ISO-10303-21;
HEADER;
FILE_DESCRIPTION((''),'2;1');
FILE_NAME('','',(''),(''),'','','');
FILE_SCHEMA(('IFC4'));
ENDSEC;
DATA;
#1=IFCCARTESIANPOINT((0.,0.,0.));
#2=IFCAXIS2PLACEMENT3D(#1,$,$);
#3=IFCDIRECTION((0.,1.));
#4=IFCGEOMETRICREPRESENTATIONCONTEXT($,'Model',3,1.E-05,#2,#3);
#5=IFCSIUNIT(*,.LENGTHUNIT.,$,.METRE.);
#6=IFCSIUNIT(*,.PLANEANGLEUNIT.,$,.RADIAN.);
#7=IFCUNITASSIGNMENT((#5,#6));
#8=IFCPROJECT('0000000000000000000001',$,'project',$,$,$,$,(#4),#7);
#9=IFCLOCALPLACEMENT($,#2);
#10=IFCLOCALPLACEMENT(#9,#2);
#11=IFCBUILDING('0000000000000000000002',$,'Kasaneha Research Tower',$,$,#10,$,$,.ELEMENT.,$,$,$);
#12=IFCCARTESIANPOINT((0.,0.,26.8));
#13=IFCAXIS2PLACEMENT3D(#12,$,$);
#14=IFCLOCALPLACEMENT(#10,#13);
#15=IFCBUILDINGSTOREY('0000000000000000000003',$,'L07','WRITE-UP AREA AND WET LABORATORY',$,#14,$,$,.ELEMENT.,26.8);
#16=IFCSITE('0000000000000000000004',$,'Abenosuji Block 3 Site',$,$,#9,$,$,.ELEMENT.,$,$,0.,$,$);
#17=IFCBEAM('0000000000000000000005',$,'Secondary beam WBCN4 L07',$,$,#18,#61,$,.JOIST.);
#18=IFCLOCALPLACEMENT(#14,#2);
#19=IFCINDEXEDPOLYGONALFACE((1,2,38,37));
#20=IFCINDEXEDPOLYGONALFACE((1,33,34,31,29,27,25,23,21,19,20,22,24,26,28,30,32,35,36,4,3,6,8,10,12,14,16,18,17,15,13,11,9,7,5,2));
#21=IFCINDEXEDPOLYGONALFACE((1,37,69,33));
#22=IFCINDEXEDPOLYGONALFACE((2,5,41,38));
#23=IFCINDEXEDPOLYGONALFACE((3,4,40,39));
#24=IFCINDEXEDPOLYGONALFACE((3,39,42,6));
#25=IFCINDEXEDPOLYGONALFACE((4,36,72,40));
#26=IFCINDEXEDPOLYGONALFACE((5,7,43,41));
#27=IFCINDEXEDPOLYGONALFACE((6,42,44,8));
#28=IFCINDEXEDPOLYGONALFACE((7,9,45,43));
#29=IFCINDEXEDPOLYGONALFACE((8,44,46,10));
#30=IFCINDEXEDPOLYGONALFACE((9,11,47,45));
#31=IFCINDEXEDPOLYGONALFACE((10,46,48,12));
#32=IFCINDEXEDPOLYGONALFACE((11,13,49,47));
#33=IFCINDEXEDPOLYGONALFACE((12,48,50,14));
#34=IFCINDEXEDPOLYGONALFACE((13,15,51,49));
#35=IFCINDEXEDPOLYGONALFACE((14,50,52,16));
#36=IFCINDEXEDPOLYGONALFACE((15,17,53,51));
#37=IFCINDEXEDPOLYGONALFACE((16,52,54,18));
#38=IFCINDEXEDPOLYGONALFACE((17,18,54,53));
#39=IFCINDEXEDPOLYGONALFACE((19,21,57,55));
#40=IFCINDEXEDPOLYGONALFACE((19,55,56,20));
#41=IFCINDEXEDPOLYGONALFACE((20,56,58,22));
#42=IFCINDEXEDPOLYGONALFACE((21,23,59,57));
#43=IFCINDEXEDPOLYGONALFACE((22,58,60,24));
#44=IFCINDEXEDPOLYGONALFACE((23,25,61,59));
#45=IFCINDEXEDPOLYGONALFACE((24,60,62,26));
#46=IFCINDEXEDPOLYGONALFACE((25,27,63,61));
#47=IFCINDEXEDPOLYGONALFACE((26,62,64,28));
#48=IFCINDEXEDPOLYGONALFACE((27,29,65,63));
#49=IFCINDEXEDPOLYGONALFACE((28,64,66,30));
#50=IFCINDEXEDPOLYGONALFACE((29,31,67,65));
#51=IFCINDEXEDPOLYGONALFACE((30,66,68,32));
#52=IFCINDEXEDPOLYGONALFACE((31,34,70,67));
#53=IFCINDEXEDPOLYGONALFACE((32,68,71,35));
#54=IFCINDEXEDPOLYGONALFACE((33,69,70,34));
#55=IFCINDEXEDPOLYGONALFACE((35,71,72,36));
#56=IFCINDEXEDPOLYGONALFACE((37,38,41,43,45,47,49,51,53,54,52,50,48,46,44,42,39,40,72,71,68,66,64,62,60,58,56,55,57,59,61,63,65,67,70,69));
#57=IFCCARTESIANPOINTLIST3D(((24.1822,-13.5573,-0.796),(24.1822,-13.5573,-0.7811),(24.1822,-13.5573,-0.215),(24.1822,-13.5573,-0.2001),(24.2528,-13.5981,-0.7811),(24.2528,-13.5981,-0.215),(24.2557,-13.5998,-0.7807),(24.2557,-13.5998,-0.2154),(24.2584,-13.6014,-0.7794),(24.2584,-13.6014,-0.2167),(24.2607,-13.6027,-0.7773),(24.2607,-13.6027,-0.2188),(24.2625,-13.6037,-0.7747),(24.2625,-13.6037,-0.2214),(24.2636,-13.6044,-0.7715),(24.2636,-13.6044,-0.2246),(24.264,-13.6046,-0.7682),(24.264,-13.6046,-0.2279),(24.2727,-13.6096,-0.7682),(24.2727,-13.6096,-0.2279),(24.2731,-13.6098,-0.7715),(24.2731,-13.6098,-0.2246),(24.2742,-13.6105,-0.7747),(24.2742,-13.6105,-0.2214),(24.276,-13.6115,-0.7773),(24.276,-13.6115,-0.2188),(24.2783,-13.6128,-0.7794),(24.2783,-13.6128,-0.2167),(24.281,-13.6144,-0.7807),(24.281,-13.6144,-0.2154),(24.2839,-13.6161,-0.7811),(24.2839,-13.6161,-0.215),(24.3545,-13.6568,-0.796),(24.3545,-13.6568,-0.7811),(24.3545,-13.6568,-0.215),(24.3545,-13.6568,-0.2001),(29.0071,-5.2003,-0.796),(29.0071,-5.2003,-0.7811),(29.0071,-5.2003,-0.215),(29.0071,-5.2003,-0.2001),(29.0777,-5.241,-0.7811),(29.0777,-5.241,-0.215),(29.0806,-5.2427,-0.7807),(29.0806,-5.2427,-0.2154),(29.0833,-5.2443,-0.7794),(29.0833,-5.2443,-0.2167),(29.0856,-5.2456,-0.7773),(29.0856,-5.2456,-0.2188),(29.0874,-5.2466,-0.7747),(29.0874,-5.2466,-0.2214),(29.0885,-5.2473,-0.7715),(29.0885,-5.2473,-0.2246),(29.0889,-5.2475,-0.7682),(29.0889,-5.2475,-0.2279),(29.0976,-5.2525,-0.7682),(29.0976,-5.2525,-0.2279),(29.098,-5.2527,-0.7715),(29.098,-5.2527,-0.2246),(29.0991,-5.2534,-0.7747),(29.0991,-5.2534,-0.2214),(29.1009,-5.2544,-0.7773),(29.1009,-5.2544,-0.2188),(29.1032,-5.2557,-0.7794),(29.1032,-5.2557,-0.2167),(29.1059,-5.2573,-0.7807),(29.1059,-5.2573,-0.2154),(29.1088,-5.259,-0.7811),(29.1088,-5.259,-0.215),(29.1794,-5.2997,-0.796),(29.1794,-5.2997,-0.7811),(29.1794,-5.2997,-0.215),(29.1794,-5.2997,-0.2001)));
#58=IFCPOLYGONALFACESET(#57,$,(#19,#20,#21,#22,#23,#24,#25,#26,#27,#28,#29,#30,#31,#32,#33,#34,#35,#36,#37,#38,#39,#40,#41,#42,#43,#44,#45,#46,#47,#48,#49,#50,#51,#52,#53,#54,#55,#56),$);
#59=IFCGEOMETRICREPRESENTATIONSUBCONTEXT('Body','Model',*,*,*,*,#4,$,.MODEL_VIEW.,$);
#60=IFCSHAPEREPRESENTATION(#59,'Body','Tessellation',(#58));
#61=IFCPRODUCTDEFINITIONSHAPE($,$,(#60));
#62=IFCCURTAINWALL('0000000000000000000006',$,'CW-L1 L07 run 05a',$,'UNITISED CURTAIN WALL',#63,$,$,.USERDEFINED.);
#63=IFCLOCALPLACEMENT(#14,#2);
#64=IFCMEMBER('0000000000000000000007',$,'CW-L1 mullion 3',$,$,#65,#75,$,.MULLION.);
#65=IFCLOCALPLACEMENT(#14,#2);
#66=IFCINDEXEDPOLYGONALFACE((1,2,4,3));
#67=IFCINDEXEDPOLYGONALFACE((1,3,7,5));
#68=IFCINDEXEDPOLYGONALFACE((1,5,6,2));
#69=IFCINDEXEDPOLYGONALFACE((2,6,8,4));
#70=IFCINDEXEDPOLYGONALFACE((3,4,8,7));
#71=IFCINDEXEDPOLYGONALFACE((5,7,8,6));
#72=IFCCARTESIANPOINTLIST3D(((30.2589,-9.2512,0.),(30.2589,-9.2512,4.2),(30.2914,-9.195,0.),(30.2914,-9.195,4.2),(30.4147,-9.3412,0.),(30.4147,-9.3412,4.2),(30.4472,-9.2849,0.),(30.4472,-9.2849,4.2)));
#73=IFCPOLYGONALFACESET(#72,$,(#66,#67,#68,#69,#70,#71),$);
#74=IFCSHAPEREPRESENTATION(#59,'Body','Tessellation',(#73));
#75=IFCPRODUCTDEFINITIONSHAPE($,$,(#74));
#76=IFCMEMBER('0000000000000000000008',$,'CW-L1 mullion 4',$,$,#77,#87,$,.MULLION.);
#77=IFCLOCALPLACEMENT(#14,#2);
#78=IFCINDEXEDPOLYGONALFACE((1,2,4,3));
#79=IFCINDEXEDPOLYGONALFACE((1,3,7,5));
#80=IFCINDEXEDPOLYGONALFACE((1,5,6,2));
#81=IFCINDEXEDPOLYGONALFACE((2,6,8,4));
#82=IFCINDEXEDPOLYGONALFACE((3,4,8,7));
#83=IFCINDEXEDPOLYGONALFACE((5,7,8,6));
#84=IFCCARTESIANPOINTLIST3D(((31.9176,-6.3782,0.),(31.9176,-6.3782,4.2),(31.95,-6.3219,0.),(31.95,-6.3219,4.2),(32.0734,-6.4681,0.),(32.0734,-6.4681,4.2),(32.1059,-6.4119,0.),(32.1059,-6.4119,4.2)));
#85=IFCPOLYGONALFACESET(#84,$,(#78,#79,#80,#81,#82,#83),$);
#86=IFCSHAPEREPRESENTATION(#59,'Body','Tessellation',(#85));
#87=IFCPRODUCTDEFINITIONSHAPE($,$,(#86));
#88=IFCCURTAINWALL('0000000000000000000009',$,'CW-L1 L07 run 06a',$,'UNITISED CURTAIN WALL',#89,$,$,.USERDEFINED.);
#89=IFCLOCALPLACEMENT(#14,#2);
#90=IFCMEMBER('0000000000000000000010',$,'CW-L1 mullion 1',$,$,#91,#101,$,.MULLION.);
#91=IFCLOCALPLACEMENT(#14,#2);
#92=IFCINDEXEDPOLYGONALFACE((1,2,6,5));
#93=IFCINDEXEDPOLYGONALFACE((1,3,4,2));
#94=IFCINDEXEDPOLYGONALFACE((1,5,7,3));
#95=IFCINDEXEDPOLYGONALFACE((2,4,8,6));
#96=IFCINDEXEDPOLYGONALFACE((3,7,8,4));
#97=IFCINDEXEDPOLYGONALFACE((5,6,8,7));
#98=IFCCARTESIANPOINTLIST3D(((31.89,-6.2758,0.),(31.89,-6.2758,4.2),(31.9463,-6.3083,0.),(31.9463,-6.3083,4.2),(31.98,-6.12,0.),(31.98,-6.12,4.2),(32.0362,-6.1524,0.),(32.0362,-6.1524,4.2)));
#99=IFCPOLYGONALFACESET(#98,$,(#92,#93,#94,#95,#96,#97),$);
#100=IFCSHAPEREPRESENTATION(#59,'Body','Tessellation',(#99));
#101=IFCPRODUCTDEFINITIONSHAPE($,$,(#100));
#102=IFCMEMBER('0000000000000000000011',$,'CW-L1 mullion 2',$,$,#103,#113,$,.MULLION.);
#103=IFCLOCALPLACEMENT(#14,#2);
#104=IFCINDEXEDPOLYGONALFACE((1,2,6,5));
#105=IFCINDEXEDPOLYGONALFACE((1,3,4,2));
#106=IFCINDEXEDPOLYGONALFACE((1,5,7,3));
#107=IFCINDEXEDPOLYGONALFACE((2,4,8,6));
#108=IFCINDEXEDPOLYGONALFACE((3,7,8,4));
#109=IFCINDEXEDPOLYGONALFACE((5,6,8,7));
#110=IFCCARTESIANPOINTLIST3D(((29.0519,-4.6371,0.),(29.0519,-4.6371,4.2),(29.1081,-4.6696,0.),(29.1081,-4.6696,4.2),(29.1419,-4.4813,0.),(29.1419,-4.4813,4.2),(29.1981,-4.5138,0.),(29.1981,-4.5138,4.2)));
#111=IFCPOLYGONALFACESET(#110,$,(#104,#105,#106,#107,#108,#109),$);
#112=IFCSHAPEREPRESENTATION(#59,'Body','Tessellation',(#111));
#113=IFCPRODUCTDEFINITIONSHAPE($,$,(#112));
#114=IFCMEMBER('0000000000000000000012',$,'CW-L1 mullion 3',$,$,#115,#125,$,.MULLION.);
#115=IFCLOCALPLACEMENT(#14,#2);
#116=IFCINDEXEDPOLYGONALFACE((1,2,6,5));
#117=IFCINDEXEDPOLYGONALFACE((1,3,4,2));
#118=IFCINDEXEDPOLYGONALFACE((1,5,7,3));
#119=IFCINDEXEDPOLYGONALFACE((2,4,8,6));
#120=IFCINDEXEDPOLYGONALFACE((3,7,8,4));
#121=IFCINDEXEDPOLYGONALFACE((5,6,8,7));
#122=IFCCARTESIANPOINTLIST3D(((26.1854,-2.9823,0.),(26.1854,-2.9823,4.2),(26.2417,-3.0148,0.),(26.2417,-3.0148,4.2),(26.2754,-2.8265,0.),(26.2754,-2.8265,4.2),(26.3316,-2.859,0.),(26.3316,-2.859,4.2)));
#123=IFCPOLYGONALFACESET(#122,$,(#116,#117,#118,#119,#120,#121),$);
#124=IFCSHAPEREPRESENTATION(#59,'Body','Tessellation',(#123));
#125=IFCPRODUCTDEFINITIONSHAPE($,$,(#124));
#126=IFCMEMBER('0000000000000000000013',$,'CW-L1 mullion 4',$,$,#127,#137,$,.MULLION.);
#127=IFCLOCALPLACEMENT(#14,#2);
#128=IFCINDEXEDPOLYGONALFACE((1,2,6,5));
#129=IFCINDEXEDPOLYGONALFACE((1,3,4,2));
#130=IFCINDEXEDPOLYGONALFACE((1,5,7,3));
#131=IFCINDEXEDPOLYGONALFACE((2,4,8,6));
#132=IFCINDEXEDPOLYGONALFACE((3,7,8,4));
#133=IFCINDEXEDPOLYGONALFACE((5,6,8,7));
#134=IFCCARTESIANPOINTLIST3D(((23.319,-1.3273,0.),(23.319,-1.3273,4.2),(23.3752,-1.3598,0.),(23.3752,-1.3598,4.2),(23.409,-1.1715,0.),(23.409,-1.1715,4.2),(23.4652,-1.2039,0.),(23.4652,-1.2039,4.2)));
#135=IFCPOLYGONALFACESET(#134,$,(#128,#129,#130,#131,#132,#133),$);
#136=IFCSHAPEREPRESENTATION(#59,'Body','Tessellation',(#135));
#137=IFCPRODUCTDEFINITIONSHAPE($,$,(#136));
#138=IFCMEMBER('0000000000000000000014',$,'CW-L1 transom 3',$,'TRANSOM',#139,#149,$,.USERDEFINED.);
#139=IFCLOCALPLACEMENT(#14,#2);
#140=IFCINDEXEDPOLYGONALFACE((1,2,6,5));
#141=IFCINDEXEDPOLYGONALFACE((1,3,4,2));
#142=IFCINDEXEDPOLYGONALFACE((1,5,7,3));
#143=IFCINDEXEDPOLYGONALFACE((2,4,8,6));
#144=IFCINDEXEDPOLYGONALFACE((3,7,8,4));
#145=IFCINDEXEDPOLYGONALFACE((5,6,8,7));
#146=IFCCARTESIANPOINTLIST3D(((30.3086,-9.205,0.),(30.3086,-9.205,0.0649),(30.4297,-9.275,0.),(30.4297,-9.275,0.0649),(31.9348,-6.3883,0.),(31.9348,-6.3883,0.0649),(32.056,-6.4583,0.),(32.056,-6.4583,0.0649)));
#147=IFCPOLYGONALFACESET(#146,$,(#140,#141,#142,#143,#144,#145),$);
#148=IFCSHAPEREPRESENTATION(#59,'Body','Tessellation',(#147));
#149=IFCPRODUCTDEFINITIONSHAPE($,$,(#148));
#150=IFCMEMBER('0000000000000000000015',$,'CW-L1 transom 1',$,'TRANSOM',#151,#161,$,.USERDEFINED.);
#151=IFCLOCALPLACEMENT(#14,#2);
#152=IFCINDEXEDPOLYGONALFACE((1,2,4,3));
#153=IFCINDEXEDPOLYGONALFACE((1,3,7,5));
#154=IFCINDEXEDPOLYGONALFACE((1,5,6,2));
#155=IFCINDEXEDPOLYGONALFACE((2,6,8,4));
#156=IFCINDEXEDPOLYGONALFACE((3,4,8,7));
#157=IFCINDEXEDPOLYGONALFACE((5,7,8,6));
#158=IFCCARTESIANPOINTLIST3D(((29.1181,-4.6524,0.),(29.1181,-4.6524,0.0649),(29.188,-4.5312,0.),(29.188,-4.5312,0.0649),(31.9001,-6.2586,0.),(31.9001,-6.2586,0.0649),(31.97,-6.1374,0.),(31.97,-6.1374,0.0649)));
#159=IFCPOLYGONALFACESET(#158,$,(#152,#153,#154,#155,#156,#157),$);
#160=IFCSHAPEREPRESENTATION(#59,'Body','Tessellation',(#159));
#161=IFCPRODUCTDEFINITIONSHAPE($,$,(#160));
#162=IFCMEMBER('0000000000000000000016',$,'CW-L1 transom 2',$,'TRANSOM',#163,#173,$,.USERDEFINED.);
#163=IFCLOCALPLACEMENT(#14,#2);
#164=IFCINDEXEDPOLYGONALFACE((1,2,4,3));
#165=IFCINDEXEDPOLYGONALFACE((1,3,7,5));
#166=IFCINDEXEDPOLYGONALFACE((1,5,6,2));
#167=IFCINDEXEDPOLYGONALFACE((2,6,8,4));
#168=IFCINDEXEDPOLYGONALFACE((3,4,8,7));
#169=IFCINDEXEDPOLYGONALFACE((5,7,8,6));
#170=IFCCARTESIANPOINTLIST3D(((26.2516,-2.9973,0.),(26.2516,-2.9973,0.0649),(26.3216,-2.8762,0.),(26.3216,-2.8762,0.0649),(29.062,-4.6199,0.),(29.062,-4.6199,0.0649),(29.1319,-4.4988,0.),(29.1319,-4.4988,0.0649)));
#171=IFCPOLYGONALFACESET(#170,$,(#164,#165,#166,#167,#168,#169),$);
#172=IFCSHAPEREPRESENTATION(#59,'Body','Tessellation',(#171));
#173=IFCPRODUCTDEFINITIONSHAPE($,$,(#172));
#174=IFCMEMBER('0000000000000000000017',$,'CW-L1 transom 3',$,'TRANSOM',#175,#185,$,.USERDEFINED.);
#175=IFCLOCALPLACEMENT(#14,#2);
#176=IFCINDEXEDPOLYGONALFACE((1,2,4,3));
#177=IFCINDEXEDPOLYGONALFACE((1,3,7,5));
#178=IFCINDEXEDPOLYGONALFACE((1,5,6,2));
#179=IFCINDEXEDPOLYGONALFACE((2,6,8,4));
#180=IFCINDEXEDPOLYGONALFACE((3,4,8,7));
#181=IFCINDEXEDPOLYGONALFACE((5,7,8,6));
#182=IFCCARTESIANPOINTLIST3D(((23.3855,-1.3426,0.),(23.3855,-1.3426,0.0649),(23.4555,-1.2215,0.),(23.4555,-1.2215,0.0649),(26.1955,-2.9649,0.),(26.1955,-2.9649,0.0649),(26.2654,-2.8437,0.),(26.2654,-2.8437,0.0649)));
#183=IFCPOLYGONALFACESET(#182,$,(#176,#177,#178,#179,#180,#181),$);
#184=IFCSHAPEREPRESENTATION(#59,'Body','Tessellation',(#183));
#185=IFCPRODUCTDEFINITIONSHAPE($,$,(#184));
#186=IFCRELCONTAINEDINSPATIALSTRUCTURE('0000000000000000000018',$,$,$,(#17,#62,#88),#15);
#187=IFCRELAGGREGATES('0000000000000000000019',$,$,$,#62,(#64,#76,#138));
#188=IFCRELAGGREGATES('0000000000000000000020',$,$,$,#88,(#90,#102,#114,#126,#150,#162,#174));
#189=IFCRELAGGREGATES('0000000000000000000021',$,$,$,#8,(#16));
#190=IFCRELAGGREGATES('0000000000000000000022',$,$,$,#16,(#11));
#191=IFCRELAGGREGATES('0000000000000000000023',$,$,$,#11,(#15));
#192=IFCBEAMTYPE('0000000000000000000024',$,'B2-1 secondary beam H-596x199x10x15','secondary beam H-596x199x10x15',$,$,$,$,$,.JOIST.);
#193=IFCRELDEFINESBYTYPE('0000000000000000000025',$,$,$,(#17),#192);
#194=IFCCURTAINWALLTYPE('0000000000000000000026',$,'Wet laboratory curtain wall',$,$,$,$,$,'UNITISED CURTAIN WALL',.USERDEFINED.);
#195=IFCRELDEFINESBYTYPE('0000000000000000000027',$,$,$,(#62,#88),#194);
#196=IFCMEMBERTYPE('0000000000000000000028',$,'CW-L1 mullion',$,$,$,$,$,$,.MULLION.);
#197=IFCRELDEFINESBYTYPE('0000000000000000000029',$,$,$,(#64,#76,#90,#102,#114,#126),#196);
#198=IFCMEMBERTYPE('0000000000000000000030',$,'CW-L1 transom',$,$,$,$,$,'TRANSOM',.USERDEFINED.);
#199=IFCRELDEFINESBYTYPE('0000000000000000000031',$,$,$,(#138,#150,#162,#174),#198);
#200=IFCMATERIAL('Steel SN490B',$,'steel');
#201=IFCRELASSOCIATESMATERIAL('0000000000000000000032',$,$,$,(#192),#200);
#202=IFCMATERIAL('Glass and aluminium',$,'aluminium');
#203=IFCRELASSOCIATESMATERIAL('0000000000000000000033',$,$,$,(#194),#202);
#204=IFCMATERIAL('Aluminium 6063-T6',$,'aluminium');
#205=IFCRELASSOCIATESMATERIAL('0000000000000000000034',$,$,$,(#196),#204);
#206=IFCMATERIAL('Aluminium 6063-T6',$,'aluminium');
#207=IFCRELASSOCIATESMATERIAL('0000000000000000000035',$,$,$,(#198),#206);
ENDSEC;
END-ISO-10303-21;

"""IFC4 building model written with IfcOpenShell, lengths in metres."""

from ifc_helpers import new_model, si_unit, direction, frame, origin, origin_2d, place, context, subcontext, project, spatial, rectangle, i_section, extrude, material, material_profile, profile_set, type_object, element, aggregate, save


model = new_model("IFC4")

# Units and contexts
model_context = context("Model", 3, precision=1e-05, world=origin(), true_north=direction((0.0, 1.0)))
body_context = subcontext(model_context, "Body", "Model", "MODEL_VIEW")
ifc_project = project(units=[si_unit("LENGTHUNIT", "METRE"), si_unit("PLANEANGLEUNIT", "RADIAN")], contexts=[model_context])

# Site, building, storey
site_placement = place(None, origin())
site = spatial("IfcSite", under=ifc_project, at=site_placement, Name="Abenosuji Block 3 Site", CompositionType="ELEMENT", RefElevation=0.0)
building_placement = place(site_placement, origin())
building = spatial("IfcBuilding", under=site, at=building_placement, Name="Kasaneha Research Tower", CompositionType="ELEMENT")
storey_placement = place(building_placement, frame((0.0, 0.0, 26.8)))
storey = spatial("IfcBuildingStorey", under=building, at=storey_placement, Name="L07", Description="WRITE-UP AREA AND WET LABORATORY", CompositionType="ELEMENT", Elevation=26.8)

# Beam
ifc_material_1 = material(Name="Steel SN490B", Category="steel")
ifc_material_profile_1 = material_profile(ifc_material_1, i_section(OverallWidth=0.199, OverallDepth=0.5959, WebThickness=0.01, FlangeThickness=0.0149, FilletRadius=0.0129, at=origin_2d()), Name="H-596x199x10x15")
ifc_profile_set_1 = profile_set([ifc_material_profile_1], Name="Steel SN490B")
beam_type_1 = type_object("IfcBeamType", Name="B2-1 secondary beam H-596x199x10x15", Description="secondary beam H-596x199x10x15", PredefinedType="JOIST", material=ifc_profile_set_1)
for number, where, z_axis, x_axis, name in (
    (1, (29.0933, -5.25, -0.498), (-0.499995, -0.866028, 0.0), (0.866028, -0.499995, 0.0), "Secondary beam WBCN4 L07"),
):
    element("IfcBeam", number, at=place(storey_placement, frame(where, z_axis=z_axis, x_axis=x_axis)), inside=storey, type_object=beam_type_1, Name=name, PredefinedType="JOIST", context=body_context, shape_type="SweptSolid", body=[
        extrude(i_section(OverallWidth=0.199, OverallDepth=0.5959, WebThickness=0.01, FlangeThickness=0.0149, FilletRadius=0.0129, at=origin_2d()), origin(), (0.0, 0.0, 1.0), 9.6499),
    ])

# Curtain walls, members
ifc_material_2 = material(Name="Glass and aluminium", Category="aluminium")
curtain_wall_type = type_object("IfcCurtainWallType", Name="Wet laboratory curtain wall", ElementType="UNITISED CURTAIN WALL", PredefinedType="USERDEFINED", material=ifc_material_2)
curtain_wall_1_placement = place(storey_placement, origin())
curtain_wall_1 = element("IfcCurtainWall", 2, at=curtain_wall_1_placement, inside=storey, type_object=curtain_wall_type, Name="CW-L1 L07 run 05a", ObjectType="UNITISED CURTAIN WALL", PredefinedType="USERDEFINED")
ifc_material_3 = material(Name="Aluminium 6063-T6", Category="aluminium")
ifc_material_profile_2 = material_profile(ifc_material_3, rectangle(XDim=0.0649, YDim=0.1799, at=origin_2d()), Name="CW-L1 mullion 65x180")
ifc_profile_set_2 = profile_set([ifc_material_profile_2], Name="Aluminium 6063-T6")
member_type_1 = type_object("IfcMemberType", Name="CW-L1 mullion", PredefinedType="MULLION", material=ifc_profile_set_2)
member_1_placement = place(storey_placement, frame((30.353, -9.2681, 0.0), z_axis=(0.0, 0.0, 1.0), x_axis=(0.5, 0.866025, 0.0)))
member_1 = element("IfcMember", 3, at=member_1_placement, type_object=member_type_1, Name="CW-L1 mullion 3", PredefinedType="MULLION", context=body_context, shape_type="SweptSolid", body=[
    extrude(rectangle(XDim=0.0649, YDim=0.1799, at=origin_2d()), origin(), (0.0, 0.0, 1.0), 4.2),
])
member_2_placement = place(storey_placement, frame((32.0117, -6.395, 0.0), z_axis=(0.0, 0.0, 1.0), x_axis=(0.5, 0.866025, 0.0)))
member_2 = element("IfcMember", 4, at=member_2_placement, type_object=member_type_1, Name="CW-L1 mullion 4", PredefinedType="MULLION", context=body_context, shape_type="SweptSolid", body=[
    extrude(rectangle(XDim=0.0649, YDim=0.1799, at=origin_2d()), origin(), (0.0, 0.0, 1.0), 4.2),
])
curtain_wall_2_placement = place(storey_placement, origin())
curtain_wall_2 = element("IfcCurtainWall", 5, at=curtain_wall_2_placement, inside=storey, type_object=curtain_wall_type, Name="CW-L1 L07 run 06a", ObjectType="UNITISED CURTAIN WALL", PredefinedType="USERDEFINED")
member_3_placement = place(storey_placement, frame((31.9631, -6.2141, 0.0), z_axis=(0.0, 0.0, 1.0), x_axis=(-0.866025, 0.5, 0.0)))
member_3 = element("IfcMember", 6, at=member_3_placement, type_object=member_type_1, Name="CW-L1 mullion 1", PredefinedType="MULLION", context=body_context, shape_type="SweptSolid", body=[
    extrude(rectangle(XDim=0.0649, YDim=0.1799, at=origin_2d()), origin(), (0.0, 0.0, 1.0), 4.2),
])
member_4_placement = place(storey_placement, frame((29.125, -4.5754, 0.0), z_axis=(0.0, 0.0, 1.0), x_axis=(-0.866025, 0.5, 0.0)))
member_4 = element("IfcMember", 7, at=member_4_placement, type_object=member_type_1, Name="CW-L1 mullion 2", PredefinedType="MULLION", context=body_context, shape_type="SweptSolid", body=[
    extrude(rectangle(XDim=0.0649, YDim=0.1799, at=origin_2d()), origin(), (0.0, 0.0, 1.0), 4.2),
])
member_5_placement = place(storey_placement, frame((26.2585, -2.9207, 0.0), z_axis=(0.0, 0.0, 1.0), x_axis=(-0.866025, 0.5, 0.0)))
member_5 = element("IfcMember", 8, at=member_5_placement, type_object=member_type_1, Name="CW-L1 mullion 3", PredefinedType="MULLION", context=body_context, shape_type="SweptSolid", body=[
    extrude(rectangle(XDim=0.0649, YDim=0.1799, at=origin_2d()), origin(), (0.0, 0.0, 1.0), 4.2),
])
member_6_placement = place(storey_placement, frame((23.3921, -1.2656, 0.0), z_axis=(0.0, 0.0, 1.0), x_axis=(-0.866025, 0.5, 0.0)))
member_6 = element("IfcMember", 9, at=member_6_placement, type_object=member_type_1, Name="CW-L1 mullion 4", PredefinedType="MULLION", context=body_context, shape_type="SweptSolid", body=[
    extrude(rectangle(XDim=0.0649, YDim=0.1799, at=origin_2d()), origin(), (0.0, 0.0, 1.0), 4.2),
])

# Members
ifc_material_4 = material(Name="Aluminium 6063-T6", Category="aluminium")
ifc_material_profile_3 = material_profile(ifc_material_4, rectangle(XDim=0.1399, YDim=0.0649, at=origin_2d()), Name="CW-L1 transom 140x65")
ifc_profile_set_3 = profile_set([ifc_material_profile_3], Name="Aluminium 6063-T6")
member_type_2 = type_object("IfcMemberType", Name="CW-L1 transom", ElementType="TRANSOM", PredefinedType="USERDEFINED", material=ifc_profile_set_3)
member_7_placement = place(storey_placement, frame((30.3691, -9.24, 0.0325), z_axis=(0.500006, 0.866022, 0.0), x_axis=(-0.866022, 0.500006, 0.0)))
member_7 = element("IfcMember", 10, at=member_7_placement, type_object=member_type_2, Name="CW-L1 transom 3", ObjectType="TRANSOM", PredefinedType="USERDEFINED", context=body_context, shape_type="SweptSolid", body=[
    extrude(rectangle(XDim=0.1399, YDim=0.0649, at=origin_2d()), origin(), (0.0, 0.0, 1.0), 3.2524),
])
member_8_placement = place(storey_placement, frame((31.9351, -6.198, 0.0325), z_axis=(-0.866022, 0.500005, 0.0), x_axis=(-0.500005, -0.866022, 0.0)))
member_8 = element("IfcMember", 11, at=member_8_placement, type_object=member_type_2, Name="CW-L1 transom 1", ObjectType="TRANSOM", PredefinedType="USERDEFINED", context=body_context, shape_type="SweptSolid", body=[
    extrude(rectangle(XDim=0.1399, YDim=0.0649, at=origin_2d()), origin(), (0.0, 0.0, 1.0), 3.2124),
])
member_9_placement = place(storey_placement, frame((29.0969, -4.5593, 0.0325), z_axis=(-0.866021, 0.500007, 0.0), x_axis=(-0.500007, -0.866021, 0.0)))
member_9 = element("IfcMember", 12, at=member_9_placement, type_object=member_type_2, Name="CW-L1 transom 2", ObjectType="TRANSOM", PredefinedType="USERDEFINED", context=body_context, shape_type="SweptSolid", body=[
    extrude(rectangle(XDim=0.1399, YDim=0.0649, at=origin_2d()), origin(), (0.0, 0.0, 1.0), 3.2451),
])
member_10_placement = place(storey_placement, frame((26.2305, -2.9043, 0.0325), z_axis=(-0.866035, 0.499983, 0.0), x_axis=(-0.499983, -0.866035, 0.0)))
member_10 = element("IfcMember", 13, at=member_10_placement, type_object=member_type_2, Name="CW-L1 transom 3", ObjectType="TRANSOM", PredefinedType="USERDEFINED", context=body_context, shape_type="SweptSolid", body=[
    extrude(rectangle(XDim=0.1399, YDim=0.0649, at=origin_2d()), origin(), (0.0, 0.0, 1.0), 3.2446),
])

aggregate(curtain_wall_1, [member_1, member_2, member_7])
aggregate(curtain_wall_2, [member_3, member_4, member_5, member_6, member_8, member_9, member_10])

save(model, "model.ifc")
